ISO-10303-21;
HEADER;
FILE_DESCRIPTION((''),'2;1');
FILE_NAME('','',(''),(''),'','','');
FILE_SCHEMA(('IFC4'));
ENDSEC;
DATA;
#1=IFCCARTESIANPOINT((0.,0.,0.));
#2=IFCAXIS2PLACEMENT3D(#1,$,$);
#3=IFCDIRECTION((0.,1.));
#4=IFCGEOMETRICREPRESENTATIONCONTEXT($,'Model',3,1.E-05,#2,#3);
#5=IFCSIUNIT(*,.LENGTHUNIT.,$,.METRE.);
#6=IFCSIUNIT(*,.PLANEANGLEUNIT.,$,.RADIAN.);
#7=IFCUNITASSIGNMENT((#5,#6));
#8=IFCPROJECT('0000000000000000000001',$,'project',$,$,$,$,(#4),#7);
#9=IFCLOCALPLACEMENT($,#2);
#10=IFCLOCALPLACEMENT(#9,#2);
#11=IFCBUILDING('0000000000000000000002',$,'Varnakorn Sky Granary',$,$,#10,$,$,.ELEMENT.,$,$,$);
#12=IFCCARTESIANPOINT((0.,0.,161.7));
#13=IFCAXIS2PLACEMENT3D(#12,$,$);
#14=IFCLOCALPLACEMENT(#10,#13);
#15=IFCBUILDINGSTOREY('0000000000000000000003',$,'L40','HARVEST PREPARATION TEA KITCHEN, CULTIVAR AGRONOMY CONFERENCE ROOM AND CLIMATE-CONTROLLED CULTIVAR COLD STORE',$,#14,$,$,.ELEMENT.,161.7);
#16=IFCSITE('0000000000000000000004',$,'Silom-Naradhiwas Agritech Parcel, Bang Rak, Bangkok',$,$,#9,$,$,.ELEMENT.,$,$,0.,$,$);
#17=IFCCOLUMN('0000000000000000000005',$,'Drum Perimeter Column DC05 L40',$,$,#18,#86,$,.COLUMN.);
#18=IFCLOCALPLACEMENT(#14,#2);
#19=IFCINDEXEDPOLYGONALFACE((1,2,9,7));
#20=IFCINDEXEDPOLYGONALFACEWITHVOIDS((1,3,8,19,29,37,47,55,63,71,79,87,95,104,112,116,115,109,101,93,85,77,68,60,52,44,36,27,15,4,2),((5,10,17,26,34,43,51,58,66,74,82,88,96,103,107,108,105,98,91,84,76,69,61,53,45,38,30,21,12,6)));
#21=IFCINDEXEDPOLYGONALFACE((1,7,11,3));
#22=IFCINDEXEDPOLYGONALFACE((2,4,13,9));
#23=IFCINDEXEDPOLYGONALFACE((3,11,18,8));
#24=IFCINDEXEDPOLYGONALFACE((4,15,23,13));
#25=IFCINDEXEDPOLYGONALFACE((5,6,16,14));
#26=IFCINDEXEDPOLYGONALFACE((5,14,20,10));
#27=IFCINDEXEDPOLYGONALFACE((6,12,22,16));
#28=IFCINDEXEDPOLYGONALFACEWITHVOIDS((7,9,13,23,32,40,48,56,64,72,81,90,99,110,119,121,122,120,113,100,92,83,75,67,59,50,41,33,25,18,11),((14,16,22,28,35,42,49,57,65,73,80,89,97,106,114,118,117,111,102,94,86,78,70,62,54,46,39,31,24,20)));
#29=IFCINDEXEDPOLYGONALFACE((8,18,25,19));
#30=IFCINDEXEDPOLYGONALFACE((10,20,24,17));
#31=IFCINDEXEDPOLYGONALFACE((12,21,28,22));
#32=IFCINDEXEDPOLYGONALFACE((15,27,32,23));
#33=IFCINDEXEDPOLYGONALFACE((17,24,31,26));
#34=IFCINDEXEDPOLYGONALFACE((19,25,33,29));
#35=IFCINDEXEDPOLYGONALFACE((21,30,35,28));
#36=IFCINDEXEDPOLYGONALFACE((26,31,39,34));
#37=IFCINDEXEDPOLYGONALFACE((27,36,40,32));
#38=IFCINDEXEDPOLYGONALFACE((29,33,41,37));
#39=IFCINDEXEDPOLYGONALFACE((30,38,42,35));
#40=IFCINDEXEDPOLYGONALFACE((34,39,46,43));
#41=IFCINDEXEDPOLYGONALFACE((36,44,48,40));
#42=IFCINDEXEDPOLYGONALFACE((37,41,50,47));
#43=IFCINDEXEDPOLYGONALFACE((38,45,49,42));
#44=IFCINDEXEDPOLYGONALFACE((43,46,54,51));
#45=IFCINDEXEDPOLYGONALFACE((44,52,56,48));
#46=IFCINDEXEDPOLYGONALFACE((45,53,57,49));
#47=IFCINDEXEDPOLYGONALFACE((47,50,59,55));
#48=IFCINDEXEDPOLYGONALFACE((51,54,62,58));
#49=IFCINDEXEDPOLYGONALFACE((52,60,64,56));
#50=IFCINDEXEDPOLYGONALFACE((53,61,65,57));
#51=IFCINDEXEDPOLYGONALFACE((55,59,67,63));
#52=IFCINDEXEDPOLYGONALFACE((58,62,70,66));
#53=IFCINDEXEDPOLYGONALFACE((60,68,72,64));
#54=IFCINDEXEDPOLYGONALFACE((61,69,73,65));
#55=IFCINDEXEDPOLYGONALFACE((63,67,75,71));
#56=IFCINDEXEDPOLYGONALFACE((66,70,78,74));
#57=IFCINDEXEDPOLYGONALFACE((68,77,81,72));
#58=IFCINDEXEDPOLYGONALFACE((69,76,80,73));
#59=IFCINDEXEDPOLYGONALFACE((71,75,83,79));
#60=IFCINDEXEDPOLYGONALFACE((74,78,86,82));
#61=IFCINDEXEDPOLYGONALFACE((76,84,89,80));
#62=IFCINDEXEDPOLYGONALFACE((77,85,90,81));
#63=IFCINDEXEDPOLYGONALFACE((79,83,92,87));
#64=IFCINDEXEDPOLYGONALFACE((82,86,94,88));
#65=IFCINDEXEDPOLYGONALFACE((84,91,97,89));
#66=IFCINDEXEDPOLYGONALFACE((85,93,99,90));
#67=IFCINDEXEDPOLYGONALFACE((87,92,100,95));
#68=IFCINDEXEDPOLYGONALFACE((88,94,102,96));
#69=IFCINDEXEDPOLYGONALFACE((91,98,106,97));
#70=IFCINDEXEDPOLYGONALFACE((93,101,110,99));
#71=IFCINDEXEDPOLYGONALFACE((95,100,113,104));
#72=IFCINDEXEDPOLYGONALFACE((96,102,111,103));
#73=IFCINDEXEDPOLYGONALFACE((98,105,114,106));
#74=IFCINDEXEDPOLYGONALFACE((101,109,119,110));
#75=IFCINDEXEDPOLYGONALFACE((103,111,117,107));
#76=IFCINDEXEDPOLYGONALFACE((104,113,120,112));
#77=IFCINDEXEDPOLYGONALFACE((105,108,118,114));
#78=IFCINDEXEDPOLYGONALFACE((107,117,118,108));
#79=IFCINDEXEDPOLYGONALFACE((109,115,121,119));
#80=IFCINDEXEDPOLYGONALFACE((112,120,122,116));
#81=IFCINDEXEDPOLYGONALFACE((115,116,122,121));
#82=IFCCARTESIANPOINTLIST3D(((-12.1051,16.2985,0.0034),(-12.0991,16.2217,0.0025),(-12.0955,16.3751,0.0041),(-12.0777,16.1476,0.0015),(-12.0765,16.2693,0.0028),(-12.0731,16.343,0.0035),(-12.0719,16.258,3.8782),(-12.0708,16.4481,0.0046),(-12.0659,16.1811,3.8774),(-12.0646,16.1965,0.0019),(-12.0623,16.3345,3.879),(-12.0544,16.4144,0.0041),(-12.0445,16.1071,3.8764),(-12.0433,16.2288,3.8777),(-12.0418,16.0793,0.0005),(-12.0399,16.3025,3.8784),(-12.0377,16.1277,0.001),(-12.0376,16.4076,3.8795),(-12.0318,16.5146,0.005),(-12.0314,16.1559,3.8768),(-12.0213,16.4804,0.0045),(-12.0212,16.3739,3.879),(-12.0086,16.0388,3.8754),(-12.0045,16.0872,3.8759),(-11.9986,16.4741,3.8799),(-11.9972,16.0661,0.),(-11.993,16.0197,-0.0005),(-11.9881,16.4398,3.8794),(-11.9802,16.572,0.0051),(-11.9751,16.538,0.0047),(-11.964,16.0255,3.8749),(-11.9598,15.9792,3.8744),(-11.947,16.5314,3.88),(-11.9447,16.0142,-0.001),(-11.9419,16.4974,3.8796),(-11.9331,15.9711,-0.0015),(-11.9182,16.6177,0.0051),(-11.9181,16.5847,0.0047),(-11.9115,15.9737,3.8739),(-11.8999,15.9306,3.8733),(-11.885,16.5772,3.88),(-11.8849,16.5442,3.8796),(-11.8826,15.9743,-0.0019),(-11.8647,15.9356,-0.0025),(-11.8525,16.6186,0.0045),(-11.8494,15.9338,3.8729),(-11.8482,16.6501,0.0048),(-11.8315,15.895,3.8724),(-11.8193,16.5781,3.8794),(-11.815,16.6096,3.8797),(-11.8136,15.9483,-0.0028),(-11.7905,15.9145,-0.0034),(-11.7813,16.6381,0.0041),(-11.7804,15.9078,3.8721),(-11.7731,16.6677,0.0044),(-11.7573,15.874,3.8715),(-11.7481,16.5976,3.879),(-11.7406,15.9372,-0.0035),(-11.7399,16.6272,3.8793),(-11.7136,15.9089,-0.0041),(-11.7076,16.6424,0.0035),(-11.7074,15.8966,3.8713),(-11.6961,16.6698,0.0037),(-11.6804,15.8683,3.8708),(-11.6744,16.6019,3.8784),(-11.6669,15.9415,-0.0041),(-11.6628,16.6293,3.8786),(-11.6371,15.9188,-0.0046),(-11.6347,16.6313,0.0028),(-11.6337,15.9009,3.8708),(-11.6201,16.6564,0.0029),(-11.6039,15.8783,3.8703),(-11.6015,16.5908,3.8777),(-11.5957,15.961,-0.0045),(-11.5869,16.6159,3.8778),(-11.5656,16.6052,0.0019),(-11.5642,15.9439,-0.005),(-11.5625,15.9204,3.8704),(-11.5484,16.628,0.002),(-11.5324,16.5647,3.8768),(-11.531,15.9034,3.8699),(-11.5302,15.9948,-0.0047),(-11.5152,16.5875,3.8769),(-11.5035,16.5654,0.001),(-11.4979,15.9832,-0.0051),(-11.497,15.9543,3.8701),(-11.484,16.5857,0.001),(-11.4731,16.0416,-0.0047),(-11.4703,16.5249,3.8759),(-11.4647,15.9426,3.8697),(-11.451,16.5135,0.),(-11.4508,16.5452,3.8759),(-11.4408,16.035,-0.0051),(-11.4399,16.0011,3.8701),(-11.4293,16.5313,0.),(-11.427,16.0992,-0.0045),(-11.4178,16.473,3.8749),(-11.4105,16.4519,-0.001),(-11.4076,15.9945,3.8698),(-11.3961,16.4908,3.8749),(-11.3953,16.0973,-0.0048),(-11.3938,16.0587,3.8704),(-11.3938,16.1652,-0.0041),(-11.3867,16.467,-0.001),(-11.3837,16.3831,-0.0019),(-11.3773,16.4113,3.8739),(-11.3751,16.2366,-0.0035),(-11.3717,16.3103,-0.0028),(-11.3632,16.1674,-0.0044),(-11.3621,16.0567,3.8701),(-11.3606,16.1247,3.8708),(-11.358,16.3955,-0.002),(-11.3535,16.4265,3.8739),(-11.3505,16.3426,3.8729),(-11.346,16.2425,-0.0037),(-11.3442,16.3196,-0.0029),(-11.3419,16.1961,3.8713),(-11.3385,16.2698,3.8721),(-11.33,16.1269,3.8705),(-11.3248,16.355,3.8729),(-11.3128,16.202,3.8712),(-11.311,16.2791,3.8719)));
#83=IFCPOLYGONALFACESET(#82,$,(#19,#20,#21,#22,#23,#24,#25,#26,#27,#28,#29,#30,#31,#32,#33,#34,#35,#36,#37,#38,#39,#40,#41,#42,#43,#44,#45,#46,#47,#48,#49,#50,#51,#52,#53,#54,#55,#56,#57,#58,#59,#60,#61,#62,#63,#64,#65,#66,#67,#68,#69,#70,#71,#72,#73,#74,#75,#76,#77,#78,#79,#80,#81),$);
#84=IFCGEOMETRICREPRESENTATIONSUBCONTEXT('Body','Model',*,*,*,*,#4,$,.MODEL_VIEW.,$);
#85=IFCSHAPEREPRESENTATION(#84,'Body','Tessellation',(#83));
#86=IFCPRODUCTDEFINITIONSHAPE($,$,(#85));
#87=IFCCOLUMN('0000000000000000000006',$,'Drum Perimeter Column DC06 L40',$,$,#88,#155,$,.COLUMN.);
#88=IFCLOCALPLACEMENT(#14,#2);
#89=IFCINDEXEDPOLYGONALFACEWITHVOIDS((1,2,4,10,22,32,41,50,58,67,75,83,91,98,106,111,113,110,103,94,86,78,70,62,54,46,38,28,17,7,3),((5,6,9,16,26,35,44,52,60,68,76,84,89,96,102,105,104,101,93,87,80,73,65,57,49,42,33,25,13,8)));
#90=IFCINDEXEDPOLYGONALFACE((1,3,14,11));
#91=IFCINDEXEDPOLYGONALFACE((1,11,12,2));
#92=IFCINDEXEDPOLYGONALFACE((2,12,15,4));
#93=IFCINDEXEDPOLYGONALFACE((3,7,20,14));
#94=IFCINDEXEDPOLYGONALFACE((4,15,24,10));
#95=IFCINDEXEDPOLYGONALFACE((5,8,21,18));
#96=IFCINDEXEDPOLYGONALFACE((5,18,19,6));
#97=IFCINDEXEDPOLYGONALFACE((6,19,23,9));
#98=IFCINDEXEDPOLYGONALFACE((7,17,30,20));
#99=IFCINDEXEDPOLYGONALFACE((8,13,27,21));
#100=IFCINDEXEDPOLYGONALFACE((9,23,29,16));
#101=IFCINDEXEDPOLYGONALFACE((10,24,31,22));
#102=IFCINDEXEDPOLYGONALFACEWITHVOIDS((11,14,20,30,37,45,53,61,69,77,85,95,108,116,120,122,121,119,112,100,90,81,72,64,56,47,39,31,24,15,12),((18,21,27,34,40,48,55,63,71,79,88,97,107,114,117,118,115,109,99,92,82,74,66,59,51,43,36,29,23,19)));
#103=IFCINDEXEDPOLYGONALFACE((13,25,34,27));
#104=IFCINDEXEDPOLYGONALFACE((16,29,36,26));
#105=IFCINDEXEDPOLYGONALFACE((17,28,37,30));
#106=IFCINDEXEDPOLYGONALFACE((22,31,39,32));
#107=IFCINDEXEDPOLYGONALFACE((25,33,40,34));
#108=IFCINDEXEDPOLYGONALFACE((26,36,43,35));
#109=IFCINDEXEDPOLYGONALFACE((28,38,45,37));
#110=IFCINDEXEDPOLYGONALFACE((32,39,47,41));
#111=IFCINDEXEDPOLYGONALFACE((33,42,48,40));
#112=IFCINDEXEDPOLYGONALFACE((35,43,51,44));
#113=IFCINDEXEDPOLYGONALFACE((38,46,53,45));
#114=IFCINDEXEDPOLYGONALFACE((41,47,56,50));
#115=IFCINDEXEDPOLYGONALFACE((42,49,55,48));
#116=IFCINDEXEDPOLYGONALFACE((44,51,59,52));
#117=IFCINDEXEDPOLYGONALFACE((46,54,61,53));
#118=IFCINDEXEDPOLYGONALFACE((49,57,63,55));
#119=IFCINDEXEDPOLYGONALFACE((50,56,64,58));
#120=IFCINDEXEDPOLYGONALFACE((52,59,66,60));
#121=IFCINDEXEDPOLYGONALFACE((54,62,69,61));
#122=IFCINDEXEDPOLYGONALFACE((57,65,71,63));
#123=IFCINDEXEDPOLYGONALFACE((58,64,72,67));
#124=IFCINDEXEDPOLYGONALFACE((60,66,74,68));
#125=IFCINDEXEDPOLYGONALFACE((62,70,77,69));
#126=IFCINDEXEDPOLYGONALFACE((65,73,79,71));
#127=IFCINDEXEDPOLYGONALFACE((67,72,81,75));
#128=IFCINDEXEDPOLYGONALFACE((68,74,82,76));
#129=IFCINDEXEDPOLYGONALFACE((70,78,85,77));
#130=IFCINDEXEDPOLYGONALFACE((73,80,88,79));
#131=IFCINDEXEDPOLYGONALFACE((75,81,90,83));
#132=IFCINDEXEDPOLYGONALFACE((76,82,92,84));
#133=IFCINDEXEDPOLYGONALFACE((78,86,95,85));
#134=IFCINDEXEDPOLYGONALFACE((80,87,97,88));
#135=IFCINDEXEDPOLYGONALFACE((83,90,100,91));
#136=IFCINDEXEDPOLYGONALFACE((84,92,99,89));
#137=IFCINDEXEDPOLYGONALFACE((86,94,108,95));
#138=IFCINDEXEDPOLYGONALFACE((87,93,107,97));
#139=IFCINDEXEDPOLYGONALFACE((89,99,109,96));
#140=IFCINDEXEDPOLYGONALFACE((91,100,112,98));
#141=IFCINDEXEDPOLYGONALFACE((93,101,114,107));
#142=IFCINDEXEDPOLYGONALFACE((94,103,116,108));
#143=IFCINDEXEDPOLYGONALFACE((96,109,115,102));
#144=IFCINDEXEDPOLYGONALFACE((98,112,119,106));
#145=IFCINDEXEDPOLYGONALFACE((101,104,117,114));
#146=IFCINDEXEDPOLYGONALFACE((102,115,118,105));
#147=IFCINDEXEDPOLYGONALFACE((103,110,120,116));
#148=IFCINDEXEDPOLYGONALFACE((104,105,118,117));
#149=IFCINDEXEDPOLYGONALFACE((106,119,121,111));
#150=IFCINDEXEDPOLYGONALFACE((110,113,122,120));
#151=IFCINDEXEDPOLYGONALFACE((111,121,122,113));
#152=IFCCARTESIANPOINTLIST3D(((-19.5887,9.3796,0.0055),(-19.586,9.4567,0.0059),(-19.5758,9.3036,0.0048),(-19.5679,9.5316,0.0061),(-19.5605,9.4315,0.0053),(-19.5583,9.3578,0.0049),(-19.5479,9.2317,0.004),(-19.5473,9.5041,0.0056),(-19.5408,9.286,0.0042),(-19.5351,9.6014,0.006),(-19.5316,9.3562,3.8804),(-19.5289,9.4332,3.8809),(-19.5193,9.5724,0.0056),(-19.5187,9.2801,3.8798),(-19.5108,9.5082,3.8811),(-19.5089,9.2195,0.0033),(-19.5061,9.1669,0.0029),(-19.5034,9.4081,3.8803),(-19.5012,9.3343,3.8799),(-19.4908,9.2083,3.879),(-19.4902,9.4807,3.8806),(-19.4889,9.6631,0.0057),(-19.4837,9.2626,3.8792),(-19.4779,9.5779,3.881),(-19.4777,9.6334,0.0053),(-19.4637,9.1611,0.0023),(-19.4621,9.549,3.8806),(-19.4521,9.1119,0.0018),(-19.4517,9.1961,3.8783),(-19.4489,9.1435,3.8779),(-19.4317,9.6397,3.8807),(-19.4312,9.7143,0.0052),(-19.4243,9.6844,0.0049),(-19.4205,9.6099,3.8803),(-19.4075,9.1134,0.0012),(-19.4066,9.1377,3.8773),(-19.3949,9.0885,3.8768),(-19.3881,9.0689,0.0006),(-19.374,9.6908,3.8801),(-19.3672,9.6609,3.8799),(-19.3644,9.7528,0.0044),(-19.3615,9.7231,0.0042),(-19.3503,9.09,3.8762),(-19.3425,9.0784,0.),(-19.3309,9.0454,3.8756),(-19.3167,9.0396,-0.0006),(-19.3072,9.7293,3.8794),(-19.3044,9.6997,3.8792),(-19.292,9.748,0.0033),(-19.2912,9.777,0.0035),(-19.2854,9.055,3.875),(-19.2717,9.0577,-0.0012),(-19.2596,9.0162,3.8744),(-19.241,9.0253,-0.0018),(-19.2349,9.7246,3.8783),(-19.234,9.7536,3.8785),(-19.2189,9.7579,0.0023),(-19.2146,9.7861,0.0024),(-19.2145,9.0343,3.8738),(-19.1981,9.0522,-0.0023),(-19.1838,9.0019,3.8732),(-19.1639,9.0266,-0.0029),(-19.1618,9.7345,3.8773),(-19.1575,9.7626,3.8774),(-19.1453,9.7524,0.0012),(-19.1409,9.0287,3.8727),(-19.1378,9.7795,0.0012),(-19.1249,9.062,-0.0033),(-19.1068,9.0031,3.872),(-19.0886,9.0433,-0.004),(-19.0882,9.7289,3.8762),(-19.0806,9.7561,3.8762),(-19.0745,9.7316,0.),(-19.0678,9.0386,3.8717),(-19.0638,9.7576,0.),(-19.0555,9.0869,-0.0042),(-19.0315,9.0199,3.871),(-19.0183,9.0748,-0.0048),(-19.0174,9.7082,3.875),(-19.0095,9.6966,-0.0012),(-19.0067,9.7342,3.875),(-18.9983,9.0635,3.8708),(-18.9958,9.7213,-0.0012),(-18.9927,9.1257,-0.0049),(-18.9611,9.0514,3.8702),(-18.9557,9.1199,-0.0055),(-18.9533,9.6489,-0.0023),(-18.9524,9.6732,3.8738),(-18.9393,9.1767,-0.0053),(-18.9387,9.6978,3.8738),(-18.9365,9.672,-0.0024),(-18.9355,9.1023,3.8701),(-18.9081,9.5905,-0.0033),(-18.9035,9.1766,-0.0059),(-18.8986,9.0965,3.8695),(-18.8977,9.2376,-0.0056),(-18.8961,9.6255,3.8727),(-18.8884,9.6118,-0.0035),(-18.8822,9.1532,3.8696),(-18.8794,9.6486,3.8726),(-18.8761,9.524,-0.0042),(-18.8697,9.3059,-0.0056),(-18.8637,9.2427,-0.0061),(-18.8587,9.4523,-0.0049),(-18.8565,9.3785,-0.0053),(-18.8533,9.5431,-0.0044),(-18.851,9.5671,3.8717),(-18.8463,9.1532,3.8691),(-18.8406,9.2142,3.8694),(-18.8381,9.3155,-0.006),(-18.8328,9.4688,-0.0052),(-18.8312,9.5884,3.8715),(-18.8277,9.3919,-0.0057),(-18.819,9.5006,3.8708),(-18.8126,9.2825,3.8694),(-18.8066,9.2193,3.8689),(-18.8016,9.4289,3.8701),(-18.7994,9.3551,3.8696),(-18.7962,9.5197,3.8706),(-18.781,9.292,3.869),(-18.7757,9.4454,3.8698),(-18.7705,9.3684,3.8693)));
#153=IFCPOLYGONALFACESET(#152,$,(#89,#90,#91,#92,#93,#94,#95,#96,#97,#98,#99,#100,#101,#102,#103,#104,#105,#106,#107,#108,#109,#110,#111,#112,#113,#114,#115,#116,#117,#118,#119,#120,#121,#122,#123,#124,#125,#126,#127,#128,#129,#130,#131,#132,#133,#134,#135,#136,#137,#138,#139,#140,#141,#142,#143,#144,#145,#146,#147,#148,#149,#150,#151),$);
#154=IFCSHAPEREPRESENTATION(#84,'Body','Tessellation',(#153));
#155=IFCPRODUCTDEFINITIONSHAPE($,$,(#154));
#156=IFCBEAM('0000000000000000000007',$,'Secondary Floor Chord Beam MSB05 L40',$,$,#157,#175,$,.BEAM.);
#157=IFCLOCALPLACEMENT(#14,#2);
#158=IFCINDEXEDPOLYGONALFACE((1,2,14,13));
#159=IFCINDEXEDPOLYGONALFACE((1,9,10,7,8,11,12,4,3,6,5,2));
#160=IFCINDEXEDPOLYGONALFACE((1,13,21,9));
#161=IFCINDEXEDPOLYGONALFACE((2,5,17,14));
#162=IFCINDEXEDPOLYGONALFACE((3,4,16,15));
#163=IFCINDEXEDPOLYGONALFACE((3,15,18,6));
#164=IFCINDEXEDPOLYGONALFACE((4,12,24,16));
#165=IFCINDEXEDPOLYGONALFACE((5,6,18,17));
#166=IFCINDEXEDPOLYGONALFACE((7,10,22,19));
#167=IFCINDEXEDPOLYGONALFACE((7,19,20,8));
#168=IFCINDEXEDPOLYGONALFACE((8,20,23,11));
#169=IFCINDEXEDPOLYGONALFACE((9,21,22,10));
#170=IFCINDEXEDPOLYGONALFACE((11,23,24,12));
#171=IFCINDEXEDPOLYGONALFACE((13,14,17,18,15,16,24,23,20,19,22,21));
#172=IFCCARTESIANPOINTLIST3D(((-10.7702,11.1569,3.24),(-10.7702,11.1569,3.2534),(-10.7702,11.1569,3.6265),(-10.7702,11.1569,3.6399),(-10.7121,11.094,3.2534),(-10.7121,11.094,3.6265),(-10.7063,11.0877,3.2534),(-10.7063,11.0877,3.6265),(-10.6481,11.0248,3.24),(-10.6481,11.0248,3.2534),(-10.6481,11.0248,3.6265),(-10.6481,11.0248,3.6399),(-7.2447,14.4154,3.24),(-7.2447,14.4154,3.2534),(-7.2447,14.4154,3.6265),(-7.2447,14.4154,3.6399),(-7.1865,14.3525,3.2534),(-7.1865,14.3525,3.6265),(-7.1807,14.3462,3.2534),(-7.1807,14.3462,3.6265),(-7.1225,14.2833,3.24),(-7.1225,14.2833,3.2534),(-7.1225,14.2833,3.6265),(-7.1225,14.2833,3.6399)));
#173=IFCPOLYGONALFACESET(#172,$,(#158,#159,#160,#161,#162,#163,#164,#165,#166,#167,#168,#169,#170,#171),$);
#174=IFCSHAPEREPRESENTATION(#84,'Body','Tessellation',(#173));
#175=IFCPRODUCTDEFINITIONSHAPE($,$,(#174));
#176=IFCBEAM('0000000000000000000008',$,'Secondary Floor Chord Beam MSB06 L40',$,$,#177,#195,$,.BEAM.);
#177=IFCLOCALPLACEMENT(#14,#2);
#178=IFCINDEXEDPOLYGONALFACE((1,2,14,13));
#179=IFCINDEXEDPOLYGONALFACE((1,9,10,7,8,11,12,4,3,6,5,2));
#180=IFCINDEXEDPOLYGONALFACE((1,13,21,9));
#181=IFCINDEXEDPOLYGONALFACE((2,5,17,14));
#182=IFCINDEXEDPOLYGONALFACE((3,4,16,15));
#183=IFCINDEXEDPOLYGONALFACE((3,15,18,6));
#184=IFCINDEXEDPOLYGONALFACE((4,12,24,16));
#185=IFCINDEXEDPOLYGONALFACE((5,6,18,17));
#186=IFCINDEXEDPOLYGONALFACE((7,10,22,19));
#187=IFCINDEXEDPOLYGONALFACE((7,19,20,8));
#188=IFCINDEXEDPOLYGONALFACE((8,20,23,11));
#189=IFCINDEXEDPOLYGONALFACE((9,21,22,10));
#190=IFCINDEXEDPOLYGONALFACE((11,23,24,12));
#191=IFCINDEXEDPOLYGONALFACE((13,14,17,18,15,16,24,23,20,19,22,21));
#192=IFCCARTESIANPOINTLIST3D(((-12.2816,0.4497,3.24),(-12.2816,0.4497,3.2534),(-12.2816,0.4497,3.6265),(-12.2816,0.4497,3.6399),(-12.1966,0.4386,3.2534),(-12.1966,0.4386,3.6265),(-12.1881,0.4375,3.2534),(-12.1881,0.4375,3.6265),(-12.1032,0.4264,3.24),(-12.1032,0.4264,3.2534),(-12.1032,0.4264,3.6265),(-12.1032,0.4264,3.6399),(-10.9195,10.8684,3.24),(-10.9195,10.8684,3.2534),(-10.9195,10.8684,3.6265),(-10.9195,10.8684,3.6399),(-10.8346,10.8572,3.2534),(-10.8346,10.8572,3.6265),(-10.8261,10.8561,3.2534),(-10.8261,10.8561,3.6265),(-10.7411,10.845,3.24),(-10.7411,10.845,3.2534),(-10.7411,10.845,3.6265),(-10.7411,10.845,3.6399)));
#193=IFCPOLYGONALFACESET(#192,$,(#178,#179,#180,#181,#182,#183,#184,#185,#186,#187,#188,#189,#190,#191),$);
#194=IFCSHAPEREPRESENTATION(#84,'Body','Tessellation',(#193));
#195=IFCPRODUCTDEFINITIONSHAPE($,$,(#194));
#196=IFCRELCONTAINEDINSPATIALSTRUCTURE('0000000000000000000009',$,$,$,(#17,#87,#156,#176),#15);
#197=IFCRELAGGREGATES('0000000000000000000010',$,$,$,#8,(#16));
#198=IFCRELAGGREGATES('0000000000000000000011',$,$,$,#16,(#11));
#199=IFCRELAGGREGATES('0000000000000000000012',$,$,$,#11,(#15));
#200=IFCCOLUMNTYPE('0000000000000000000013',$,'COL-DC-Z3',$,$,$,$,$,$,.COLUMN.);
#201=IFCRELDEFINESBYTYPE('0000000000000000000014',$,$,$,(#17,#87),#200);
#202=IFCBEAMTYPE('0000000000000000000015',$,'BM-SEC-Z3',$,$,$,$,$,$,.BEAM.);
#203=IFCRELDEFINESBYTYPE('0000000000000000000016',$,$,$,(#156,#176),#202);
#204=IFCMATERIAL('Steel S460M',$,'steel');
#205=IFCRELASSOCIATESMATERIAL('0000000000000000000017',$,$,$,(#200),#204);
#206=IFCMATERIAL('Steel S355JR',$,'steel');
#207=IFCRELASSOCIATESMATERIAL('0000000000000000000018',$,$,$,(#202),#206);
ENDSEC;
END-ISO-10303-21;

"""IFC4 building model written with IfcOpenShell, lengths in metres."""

from ifc_helpers import new_model, si_unit, direction, frame, origin, origin_2d, place, context, subcontext, project, spatial, hollow_circle, i_section, extrude, material, material_profile, profile_set, type_object, element, save


model = new_model("IFC4")

# Units and contexts
model_context = context("Model", 3, precision=1e-05, world=origin(), true_north=direction((0.0, 1.0)))
body_context = subcontext(model_context, "Body", "Model", "MODEL_VIEW")
ifc_project = project(units=[si_unit("LENGTHUNIT", "METRE"), si_unit("PLANEANGLEUNIT", "RADIAN")], contexts=[model_context])

# Site, building, storey
site_placement = place(None, origin())
site = spatial("IfcSite", under=ifc_project, at=site_placement, Name="Silom-Naradhiwas Agritech Parcel, Bang Rak, Bangkok", CompositionType="ELEMENT", RefElevation=0.0)
building_placement = place(site_placement, origin())
building = spatial("IfcBuilding", under=site, at=building_placement, Name="Varnakorn Sky Granary", CompositionType="ELEMENT")
storey_placement = place(building_placement, frame((0.0, 0.0, 161.7)))
storey = spatial("IfcBuildingStorey", under=building, at=storey_placement, Name="L40", Description="HARVEST PREPARATION TEA KITCHEN, CULTIVAR AGRONOMY CONFERENCE ROOM AND CLIMATE-CONTROLLED CULTIVAR COLD STORE", CompositionType="ELEMENT", Elevation=161.7)

# Columns
ifc_material_1 = material(Name="Steel S460M", Category="steel")
ifc_material_profile_1 = material_profile(ifc_material_1, hollow_circle(Radius=0.3811, WallThickness=0.0281, at=origin_2d()), Name="CHS 762x28")
ifc_profile_set_1 = profile_set([ifc_material_profile_1], Name="Steel S460M")
column_type = type_object("IfcColumnType", Name="COL-DC-Z3", PredefinedType="COLUMN", material=ifc_profile_set_1)
column_1_placement = place(storey_placement, frame((-11.7241, 16.2898, 0.0), z_axis=(0.008568, -0.010458, 0.999909), x_axis=(0.773542, 0.633745, 0.0)))
element("IfcColumn", 1, at=column_1_placement, inside=storey, type_object=column_type, Name="Drum Perimeter Column DC05 L40", PredefinedType="COLUMN", context=body_context, shape_type="SweptSolid", body=[
    extrude(hollow_circle(Radius=0.3811, WallThickness=0.0281, at=origin_2d()), origin(), (0.0, 0.0, 1.0), 3.8752),
])
column_2_placement = place(storey_placement, frame((-19.2085, 9.405, 0.0), z_axis=(0.014741, -0.006048, 0.999873), x_axis=(0.379556, 0.925169, 0.0)))
element("IfcColumn", 2, at=column_2_placement, inside=storey, type_object=column_type, Name="Drum Perimeter Column DC06 L40", PredefinedType="COLUMN", context=body_context, shape_type="SweptSolid", body=[
    extrude(hollow_circle(Radius=0.3811, WallThickness=0.0281, at=origin_2d()), origin(), (0.0, 0.0, 1.0), 3.8755),
])

# Beams
ifc_material_2 = material(Name="Steel S355JR", Category="steel")
ifc_material_profile_2 = material_profile(ifc_material_2, i_section(OverallWidth=0.1799, OverallDepth=0.3999, WebThickness=0.0085, FlangeThickness=0.0134, at=origin_2d()), Name="IPE 400")
ifc_profile_set_2 = profile_set([ifc_material_profile_2], Name="Steel S355JR")
beam_type_1 = type_object("IfcBeamType", Name="BM-SEC-Z3", PredefinedType="BEAM", material=ifc_profile_set_2)
beam_1_placement = place(storey_placement, frame((-7.1836, 14.3494, 3.4399), z_axis=(-0.734376, -0.678743, 0.0), x_axis=(0.678743, -0.734376, 0.0)))
element("IfcBeam", 3, at=beam_1_placement, inside=storey, type_object=beam_type_1, Name="Secondary Floor Chord Beam MSB05 L40", PredefinedType="BEAM", context=body_context, shape_type="SweptSolid", body=[
    extrude(i_section(OverallWidth=0.1799, OverallDepth=0.3999, WebThickness=0.0085, FlangeThickness=0.0134, at=origin_2d()), origin(), (0.0, 0.0, 1.0), 4.8008),
])
beam_2_placement = place(storey_placement, frame((-10.8303, 10.8567, 3.4399), z_axis=(-0.129629, -0.991563, 0.0), x_axis=(0.991563, -0.129629, 0.0)))
element("IfcBeam", 4, at=beam_2_placement, inside=storey, type_object=beam_type_1, Name="Secondary Floor Chord Beam MSB06 L40", PredefinedType="BEAM", context=body_context, shape_type="SweptSolid", body=[
    extrude(i_section(OverallWidth=0.1799, OverallDepth=0.3999, WebThickness=0.0085, FlangeThickness=0.0134, at=origin_2d()), origin(), (0.0, 0.0, 1.0), 10.5073),
])

save(model, "model.ifc")
